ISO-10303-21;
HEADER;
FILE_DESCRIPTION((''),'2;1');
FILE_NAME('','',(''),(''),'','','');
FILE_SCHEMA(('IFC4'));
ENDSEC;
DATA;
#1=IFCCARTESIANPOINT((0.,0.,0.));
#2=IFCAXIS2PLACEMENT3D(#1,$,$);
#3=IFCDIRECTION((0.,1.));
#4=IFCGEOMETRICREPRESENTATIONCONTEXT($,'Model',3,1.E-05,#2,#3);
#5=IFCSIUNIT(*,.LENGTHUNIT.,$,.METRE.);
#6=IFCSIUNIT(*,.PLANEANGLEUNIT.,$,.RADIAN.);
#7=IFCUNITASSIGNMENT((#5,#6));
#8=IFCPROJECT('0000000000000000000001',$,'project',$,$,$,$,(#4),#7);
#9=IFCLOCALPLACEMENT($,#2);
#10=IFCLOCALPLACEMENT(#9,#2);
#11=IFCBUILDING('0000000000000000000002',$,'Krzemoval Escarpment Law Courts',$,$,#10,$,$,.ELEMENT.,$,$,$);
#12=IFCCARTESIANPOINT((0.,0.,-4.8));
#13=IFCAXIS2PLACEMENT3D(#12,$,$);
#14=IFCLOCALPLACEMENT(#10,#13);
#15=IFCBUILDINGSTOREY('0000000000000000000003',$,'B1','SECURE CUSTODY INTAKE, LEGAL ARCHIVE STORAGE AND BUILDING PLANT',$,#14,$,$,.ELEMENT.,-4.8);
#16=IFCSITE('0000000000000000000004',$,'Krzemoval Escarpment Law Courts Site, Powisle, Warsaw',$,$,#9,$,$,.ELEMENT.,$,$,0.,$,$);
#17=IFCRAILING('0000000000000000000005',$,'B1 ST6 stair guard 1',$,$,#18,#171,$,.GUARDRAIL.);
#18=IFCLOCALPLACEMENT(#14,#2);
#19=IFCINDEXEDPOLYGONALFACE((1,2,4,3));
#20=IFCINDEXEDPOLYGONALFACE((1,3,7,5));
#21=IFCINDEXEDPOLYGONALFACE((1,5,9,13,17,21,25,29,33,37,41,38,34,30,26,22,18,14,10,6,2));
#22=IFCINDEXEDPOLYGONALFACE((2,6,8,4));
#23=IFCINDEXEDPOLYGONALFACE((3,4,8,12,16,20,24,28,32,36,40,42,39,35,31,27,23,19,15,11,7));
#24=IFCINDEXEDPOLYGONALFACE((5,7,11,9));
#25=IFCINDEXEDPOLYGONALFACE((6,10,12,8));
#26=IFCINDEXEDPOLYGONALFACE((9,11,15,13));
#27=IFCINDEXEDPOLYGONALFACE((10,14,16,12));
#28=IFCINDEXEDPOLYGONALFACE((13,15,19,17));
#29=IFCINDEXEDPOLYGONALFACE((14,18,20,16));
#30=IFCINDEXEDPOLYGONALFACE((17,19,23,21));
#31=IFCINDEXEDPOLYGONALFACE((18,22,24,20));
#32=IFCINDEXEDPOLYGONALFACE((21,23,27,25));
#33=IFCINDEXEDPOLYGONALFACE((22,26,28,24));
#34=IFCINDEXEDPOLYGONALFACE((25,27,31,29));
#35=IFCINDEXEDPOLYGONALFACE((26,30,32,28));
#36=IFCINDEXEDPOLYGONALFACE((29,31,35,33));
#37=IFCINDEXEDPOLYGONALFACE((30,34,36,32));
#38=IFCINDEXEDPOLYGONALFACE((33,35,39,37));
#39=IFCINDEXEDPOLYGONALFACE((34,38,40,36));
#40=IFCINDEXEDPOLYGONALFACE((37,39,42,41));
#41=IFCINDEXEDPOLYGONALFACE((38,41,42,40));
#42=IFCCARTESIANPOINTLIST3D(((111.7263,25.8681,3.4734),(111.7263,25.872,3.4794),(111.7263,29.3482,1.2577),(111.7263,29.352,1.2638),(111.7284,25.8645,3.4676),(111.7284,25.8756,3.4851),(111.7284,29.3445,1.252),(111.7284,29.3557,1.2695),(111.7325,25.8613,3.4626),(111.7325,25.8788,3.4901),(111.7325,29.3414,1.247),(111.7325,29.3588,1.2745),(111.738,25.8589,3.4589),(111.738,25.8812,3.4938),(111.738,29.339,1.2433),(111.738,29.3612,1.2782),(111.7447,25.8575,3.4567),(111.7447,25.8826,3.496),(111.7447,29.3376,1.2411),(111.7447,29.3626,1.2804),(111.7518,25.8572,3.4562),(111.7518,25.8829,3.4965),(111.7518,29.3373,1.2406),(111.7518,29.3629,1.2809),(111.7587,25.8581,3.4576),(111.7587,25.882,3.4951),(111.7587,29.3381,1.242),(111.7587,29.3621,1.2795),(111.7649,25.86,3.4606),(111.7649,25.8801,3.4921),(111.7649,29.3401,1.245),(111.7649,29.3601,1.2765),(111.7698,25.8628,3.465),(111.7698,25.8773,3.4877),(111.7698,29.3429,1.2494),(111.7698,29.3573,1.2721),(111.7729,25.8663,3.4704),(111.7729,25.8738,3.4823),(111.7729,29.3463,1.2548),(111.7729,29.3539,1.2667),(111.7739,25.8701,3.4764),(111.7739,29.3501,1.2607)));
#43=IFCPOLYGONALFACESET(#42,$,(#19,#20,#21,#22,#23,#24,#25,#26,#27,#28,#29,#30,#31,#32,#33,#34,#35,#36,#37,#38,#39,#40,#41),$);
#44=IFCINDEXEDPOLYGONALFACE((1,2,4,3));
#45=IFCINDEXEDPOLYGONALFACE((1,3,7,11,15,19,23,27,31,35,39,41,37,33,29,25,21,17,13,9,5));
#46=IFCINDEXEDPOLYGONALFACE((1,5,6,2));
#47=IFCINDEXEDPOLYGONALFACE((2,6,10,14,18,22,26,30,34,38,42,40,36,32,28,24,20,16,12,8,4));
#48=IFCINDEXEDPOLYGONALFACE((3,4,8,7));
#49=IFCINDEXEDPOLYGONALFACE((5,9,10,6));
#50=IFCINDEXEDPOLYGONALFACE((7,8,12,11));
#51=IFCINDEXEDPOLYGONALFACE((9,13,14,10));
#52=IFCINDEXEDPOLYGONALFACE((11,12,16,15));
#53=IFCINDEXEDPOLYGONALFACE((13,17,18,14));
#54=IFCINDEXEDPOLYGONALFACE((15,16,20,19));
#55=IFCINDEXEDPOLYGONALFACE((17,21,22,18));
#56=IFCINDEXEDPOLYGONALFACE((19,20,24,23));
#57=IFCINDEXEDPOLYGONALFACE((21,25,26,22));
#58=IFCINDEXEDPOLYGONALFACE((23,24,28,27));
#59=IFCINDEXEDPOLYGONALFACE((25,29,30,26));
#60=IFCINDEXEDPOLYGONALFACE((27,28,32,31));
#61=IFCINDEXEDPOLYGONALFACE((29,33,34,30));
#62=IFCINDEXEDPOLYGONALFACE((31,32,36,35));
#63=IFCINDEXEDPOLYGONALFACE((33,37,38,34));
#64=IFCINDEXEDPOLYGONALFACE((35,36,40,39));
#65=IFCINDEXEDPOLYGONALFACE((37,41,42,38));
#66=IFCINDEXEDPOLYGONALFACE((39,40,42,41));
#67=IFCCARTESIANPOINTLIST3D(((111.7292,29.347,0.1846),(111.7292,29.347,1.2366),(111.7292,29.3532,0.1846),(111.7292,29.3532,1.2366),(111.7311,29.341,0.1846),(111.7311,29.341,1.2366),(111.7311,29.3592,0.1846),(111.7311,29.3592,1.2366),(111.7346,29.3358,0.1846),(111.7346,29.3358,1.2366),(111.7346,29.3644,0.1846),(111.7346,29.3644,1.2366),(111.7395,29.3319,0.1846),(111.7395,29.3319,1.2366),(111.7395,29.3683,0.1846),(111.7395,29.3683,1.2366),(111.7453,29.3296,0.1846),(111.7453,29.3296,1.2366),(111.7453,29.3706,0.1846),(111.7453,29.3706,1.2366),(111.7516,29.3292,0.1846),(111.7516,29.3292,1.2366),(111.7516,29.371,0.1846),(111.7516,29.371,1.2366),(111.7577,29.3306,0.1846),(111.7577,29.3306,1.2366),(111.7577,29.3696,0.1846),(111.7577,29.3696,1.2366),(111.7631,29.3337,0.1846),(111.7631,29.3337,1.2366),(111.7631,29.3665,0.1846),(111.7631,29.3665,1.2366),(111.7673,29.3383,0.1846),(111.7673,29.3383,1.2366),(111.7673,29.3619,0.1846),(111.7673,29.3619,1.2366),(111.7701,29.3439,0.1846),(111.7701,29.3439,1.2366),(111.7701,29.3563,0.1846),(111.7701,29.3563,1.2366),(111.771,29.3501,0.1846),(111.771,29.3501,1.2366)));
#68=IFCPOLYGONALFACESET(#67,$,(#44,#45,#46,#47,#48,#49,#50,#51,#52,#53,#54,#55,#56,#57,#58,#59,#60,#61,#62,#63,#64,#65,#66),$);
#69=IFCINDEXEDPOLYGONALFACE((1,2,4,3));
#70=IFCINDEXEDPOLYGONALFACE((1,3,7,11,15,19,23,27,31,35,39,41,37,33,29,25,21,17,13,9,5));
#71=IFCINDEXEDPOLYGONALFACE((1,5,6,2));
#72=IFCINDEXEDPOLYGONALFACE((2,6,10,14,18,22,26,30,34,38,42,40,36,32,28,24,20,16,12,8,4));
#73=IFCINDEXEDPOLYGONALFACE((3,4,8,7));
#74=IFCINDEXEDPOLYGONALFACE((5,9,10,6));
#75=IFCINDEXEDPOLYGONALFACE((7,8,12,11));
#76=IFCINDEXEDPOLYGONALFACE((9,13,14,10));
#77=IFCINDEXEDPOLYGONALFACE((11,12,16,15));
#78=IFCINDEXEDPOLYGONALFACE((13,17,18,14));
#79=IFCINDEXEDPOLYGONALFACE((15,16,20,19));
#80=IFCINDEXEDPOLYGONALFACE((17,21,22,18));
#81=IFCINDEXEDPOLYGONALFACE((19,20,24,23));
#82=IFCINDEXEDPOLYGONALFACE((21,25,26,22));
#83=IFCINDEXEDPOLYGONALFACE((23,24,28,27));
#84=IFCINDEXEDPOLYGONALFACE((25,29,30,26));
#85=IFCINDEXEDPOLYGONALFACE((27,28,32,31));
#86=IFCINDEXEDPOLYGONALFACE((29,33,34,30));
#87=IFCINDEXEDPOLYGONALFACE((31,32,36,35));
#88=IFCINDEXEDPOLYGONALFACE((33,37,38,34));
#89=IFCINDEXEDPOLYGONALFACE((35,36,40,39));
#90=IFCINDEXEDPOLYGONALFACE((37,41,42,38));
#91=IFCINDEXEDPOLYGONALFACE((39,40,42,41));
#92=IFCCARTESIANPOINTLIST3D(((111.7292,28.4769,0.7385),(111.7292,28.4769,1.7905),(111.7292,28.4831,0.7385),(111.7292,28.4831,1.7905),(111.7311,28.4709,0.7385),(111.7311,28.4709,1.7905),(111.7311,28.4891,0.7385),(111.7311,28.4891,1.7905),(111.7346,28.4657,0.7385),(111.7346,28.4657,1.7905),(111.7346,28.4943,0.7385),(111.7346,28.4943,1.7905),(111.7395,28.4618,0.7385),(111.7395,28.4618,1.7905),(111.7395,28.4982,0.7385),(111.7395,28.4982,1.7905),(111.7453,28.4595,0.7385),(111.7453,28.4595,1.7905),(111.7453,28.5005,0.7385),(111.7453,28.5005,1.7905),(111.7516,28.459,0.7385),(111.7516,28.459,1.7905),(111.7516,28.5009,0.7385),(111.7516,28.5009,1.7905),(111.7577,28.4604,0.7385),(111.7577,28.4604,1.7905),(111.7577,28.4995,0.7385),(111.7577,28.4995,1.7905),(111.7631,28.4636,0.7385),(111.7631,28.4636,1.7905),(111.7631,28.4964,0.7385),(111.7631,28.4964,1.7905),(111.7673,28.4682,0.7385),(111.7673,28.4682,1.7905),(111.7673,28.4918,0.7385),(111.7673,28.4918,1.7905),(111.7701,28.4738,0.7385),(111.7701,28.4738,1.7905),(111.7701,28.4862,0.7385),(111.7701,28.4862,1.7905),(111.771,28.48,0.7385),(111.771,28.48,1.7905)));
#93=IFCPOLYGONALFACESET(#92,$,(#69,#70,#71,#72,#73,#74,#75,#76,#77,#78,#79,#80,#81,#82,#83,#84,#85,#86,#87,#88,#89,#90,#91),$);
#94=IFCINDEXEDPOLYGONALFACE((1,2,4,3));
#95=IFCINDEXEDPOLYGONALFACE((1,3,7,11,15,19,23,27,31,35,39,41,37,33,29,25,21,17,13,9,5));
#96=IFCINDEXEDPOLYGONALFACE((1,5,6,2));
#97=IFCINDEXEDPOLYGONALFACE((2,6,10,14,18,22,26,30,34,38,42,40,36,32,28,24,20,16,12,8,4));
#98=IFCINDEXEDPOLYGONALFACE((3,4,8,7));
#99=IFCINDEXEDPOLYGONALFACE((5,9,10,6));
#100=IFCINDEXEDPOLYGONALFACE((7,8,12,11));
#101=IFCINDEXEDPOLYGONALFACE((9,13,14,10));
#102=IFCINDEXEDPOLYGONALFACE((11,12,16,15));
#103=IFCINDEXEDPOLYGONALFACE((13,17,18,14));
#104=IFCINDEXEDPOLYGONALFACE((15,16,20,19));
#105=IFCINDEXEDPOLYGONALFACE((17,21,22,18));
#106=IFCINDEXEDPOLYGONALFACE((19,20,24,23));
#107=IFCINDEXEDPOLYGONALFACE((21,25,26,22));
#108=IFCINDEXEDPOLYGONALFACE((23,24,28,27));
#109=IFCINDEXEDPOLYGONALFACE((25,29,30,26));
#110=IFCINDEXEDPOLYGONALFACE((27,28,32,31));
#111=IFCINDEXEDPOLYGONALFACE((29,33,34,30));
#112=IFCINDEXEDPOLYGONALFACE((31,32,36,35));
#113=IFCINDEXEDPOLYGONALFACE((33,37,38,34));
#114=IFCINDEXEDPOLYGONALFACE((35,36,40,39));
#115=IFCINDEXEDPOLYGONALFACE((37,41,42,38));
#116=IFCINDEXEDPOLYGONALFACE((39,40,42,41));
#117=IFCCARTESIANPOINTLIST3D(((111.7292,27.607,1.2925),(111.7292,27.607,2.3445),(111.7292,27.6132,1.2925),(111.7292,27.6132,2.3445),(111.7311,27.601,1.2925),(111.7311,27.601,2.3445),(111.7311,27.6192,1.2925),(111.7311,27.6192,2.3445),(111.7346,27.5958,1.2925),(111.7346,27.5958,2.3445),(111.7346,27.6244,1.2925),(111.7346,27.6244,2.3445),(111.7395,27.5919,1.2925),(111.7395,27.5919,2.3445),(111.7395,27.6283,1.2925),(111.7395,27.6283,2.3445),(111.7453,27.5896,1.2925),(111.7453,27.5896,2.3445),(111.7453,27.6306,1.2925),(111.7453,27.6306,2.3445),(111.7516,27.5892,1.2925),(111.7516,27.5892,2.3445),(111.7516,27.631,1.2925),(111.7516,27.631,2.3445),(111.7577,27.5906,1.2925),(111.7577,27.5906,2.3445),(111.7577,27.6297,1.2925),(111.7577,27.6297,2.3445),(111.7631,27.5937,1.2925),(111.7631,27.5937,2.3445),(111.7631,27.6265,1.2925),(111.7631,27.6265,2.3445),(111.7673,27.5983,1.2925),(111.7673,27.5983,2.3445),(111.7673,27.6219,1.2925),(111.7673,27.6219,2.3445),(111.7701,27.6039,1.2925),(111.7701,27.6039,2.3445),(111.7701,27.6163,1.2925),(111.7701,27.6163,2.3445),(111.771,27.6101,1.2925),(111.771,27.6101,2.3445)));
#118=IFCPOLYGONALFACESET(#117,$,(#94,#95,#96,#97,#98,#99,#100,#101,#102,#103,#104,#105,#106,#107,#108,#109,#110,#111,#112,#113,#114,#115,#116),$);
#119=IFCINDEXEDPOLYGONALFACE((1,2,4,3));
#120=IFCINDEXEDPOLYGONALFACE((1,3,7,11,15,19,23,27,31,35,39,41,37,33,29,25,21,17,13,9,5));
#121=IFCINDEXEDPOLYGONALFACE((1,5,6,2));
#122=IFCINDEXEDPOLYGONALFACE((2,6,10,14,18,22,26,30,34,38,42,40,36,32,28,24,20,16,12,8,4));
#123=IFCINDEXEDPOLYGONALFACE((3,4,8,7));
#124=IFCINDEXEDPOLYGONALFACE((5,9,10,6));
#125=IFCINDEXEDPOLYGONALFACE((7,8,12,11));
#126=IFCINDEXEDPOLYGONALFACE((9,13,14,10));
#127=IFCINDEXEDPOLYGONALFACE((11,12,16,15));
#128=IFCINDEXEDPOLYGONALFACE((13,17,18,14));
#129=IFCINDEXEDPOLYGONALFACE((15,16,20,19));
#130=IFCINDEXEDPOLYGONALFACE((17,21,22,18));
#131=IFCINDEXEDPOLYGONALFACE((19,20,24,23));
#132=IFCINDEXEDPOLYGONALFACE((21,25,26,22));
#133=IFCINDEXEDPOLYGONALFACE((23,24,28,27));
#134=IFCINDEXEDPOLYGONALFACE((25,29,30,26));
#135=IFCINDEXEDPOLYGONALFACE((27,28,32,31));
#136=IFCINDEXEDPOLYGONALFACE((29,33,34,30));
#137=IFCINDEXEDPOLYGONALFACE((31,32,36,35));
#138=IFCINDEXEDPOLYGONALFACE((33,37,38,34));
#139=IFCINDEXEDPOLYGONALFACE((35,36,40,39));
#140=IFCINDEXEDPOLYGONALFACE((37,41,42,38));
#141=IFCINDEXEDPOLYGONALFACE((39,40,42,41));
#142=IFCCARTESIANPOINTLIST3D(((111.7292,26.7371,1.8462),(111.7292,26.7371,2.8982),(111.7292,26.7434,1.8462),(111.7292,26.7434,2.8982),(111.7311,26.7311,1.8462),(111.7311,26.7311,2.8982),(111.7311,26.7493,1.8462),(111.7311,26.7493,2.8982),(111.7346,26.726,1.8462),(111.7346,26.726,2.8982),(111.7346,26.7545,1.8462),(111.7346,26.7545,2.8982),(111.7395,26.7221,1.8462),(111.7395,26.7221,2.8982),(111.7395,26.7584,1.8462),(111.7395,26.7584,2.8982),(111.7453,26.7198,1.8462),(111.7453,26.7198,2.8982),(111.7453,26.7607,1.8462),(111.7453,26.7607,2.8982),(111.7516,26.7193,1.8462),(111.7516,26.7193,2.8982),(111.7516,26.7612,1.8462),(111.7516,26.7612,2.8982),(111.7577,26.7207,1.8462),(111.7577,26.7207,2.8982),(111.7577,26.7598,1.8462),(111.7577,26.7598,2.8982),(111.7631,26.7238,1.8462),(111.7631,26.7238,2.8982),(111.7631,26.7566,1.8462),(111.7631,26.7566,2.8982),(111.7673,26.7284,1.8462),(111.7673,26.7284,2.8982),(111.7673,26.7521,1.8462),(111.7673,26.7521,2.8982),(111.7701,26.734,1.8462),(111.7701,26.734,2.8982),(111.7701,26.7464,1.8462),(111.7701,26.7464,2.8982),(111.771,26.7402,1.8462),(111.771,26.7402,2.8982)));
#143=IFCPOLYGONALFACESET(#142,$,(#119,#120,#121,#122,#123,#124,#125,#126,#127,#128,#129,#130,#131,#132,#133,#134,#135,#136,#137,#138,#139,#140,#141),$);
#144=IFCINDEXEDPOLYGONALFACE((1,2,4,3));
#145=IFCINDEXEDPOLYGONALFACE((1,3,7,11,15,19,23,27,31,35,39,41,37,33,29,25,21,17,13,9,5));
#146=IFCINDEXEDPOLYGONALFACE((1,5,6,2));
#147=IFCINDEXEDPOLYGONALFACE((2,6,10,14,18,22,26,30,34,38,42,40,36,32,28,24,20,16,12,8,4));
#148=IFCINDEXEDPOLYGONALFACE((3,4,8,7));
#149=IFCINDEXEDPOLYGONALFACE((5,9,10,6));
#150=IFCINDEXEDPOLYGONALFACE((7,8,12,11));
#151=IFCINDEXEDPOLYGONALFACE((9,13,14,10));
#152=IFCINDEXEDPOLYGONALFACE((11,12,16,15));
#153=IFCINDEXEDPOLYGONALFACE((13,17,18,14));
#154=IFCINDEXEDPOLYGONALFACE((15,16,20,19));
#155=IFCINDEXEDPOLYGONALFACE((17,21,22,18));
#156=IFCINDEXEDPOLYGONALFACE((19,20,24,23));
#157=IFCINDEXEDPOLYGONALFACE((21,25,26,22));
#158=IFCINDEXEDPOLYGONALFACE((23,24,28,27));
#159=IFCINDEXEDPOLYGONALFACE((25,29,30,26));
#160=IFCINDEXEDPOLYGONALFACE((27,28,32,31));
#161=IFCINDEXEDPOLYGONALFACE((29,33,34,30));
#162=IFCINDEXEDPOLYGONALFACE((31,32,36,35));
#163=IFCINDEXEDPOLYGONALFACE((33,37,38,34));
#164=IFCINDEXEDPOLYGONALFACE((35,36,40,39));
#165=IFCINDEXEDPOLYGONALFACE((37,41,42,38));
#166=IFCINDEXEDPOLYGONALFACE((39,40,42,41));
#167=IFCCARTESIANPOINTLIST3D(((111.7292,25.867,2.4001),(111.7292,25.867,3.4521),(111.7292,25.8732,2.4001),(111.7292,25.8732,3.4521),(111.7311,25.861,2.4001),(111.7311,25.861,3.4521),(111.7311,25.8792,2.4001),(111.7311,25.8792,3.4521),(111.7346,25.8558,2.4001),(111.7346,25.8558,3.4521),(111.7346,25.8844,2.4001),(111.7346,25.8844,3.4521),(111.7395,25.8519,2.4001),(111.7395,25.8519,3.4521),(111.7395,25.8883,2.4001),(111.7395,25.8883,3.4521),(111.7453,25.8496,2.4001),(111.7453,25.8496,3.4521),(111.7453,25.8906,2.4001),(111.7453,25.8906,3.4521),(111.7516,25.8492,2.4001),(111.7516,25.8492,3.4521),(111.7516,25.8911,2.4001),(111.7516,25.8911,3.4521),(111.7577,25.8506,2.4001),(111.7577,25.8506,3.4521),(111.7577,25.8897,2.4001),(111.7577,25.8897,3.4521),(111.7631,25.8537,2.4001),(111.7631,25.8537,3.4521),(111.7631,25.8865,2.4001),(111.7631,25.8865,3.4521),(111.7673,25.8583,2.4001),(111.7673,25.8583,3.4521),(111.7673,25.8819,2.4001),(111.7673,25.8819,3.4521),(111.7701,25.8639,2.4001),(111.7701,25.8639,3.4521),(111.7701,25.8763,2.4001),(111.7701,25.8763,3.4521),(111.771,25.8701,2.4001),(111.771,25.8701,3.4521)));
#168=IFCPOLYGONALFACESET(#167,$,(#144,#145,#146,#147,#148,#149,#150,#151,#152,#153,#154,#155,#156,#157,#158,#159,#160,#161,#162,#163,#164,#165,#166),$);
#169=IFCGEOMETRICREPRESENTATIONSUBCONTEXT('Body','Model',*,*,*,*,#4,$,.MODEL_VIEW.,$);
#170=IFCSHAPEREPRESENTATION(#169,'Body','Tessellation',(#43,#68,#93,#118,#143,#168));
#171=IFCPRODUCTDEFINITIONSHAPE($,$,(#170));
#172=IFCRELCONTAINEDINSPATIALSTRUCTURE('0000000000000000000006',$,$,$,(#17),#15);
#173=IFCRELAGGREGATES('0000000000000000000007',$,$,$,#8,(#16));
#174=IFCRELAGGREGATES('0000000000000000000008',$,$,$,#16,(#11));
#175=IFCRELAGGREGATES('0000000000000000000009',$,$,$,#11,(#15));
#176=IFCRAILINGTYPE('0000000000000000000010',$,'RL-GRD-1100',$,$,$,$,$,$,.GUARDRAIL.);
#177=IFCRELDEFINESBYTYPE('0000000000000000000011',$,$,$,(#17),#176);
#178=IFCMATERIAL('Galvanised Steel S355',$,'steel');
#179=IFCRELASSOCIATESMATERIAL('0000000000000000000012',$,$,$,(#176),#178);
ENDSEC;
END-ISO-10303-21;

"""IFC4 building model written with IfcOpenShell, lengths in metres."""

from ifc_helpers import new_model, si_unit, direction, frame, origin, origin_2d, place, context, subcontext, project, spatial, circle, extrude, material, type_object, element, save


model = new_model("IFC4")

# Units and contexts
model_context = context("Model", 3, precision=1e-05, world=origin(), true_north=direction((0.0, 1.0)))
body_context = subcontext(model_context, "Body", "Model", "MODEL_VIEW")
ifc_project = project(units=[si_unit("LENGTHUNIT", "METRE"), si_unit("PLANEANGLEUNIT", "RADIAN")], contexts=[model_context])

# Site, building, storey
site_placement = place(None, origin())
site = spatial("IfcSite", under=ifc_project, at=site_placement, Name="Krzemoval Escarpment Law Courts Site, Powisle, Warsaw", CompositionType="ELEMENT", RefElevation=0.0)
building_placement = place(site_placement, origin())
building = spatial("IfcBuilding", under=site, at=building_placement, Name="Krzemoval Escarpment Law Courts", CompositionType="ELEMENT")
storey_placement = place(building_placement, frame((0.0, 0.0, -4.8)))
storey = spatial("IfcBuildingStorey", under=building, at=storey_placement, Name="B1", Description="SECURE CUSTODY INTAKE, LEGAL ARCHIVE STORAGE AND BUILDING PLANT", CompositionType="ELEMENT", Elevation=-4.8)

# Railing
ifc_material_1 = material(Name="Galvanised Steel S355", Category="steel")
railing_type_1 = type_object("IfcRailingType", Name="RL-GRD-1100", PredefinedType="GUARDRAIL", material=ifc_material_1)
railing_1_placement = place(storey_placement, frame((111.75, 29.3501, 0.1846)))
element("IfcRailing", 1, at=railing_1_placement, inside=storey, type_object=railing_type_1, Name="B1 ST6 stair guard 1", PredefinedType="GUARDRAIL", context=body_context, shape_type="SweptSolid", body=[
    extrude(circle(Radius=0.0239, at=origin_2d()), frame((0.0, 0.0, 1.0762), z_axis=(0.0, -0.843547, 0.537055), x_axis=(1.0, 0.0, 0.0)), (0.0, 0.0, 1.0), 4.1255),
    extrude(circle(Radius=0.021, at=origin_2d()), origin(), (0.0, 0.0, 1.0), 1.052),
    extrude(circle(Radius=0.021, at=origin_2d()), frame((0.0, -0.8701, 0.554)), (0.0, 0.0, 1.0), 1.052),
    extrude(circle(Radius=0.021, at=origin_2d()), frame((0.0, -1.74, 1.1079)), (0.0, 0.0, 1.0), 1.052),
    extrude(circle(Radius=0.021, at=origin_2d()), frame((0.0, -2.6099, 1.6616)), (0.0, 0.0, 1.0), 1.052),
    extrude(circle(Radius=0.021, at=origin_2d()), frame((0.0, -3.48, 2.2156)), (0.0, 0.0, 1.0), 1.052),
])

save(model, "model.ifc")
